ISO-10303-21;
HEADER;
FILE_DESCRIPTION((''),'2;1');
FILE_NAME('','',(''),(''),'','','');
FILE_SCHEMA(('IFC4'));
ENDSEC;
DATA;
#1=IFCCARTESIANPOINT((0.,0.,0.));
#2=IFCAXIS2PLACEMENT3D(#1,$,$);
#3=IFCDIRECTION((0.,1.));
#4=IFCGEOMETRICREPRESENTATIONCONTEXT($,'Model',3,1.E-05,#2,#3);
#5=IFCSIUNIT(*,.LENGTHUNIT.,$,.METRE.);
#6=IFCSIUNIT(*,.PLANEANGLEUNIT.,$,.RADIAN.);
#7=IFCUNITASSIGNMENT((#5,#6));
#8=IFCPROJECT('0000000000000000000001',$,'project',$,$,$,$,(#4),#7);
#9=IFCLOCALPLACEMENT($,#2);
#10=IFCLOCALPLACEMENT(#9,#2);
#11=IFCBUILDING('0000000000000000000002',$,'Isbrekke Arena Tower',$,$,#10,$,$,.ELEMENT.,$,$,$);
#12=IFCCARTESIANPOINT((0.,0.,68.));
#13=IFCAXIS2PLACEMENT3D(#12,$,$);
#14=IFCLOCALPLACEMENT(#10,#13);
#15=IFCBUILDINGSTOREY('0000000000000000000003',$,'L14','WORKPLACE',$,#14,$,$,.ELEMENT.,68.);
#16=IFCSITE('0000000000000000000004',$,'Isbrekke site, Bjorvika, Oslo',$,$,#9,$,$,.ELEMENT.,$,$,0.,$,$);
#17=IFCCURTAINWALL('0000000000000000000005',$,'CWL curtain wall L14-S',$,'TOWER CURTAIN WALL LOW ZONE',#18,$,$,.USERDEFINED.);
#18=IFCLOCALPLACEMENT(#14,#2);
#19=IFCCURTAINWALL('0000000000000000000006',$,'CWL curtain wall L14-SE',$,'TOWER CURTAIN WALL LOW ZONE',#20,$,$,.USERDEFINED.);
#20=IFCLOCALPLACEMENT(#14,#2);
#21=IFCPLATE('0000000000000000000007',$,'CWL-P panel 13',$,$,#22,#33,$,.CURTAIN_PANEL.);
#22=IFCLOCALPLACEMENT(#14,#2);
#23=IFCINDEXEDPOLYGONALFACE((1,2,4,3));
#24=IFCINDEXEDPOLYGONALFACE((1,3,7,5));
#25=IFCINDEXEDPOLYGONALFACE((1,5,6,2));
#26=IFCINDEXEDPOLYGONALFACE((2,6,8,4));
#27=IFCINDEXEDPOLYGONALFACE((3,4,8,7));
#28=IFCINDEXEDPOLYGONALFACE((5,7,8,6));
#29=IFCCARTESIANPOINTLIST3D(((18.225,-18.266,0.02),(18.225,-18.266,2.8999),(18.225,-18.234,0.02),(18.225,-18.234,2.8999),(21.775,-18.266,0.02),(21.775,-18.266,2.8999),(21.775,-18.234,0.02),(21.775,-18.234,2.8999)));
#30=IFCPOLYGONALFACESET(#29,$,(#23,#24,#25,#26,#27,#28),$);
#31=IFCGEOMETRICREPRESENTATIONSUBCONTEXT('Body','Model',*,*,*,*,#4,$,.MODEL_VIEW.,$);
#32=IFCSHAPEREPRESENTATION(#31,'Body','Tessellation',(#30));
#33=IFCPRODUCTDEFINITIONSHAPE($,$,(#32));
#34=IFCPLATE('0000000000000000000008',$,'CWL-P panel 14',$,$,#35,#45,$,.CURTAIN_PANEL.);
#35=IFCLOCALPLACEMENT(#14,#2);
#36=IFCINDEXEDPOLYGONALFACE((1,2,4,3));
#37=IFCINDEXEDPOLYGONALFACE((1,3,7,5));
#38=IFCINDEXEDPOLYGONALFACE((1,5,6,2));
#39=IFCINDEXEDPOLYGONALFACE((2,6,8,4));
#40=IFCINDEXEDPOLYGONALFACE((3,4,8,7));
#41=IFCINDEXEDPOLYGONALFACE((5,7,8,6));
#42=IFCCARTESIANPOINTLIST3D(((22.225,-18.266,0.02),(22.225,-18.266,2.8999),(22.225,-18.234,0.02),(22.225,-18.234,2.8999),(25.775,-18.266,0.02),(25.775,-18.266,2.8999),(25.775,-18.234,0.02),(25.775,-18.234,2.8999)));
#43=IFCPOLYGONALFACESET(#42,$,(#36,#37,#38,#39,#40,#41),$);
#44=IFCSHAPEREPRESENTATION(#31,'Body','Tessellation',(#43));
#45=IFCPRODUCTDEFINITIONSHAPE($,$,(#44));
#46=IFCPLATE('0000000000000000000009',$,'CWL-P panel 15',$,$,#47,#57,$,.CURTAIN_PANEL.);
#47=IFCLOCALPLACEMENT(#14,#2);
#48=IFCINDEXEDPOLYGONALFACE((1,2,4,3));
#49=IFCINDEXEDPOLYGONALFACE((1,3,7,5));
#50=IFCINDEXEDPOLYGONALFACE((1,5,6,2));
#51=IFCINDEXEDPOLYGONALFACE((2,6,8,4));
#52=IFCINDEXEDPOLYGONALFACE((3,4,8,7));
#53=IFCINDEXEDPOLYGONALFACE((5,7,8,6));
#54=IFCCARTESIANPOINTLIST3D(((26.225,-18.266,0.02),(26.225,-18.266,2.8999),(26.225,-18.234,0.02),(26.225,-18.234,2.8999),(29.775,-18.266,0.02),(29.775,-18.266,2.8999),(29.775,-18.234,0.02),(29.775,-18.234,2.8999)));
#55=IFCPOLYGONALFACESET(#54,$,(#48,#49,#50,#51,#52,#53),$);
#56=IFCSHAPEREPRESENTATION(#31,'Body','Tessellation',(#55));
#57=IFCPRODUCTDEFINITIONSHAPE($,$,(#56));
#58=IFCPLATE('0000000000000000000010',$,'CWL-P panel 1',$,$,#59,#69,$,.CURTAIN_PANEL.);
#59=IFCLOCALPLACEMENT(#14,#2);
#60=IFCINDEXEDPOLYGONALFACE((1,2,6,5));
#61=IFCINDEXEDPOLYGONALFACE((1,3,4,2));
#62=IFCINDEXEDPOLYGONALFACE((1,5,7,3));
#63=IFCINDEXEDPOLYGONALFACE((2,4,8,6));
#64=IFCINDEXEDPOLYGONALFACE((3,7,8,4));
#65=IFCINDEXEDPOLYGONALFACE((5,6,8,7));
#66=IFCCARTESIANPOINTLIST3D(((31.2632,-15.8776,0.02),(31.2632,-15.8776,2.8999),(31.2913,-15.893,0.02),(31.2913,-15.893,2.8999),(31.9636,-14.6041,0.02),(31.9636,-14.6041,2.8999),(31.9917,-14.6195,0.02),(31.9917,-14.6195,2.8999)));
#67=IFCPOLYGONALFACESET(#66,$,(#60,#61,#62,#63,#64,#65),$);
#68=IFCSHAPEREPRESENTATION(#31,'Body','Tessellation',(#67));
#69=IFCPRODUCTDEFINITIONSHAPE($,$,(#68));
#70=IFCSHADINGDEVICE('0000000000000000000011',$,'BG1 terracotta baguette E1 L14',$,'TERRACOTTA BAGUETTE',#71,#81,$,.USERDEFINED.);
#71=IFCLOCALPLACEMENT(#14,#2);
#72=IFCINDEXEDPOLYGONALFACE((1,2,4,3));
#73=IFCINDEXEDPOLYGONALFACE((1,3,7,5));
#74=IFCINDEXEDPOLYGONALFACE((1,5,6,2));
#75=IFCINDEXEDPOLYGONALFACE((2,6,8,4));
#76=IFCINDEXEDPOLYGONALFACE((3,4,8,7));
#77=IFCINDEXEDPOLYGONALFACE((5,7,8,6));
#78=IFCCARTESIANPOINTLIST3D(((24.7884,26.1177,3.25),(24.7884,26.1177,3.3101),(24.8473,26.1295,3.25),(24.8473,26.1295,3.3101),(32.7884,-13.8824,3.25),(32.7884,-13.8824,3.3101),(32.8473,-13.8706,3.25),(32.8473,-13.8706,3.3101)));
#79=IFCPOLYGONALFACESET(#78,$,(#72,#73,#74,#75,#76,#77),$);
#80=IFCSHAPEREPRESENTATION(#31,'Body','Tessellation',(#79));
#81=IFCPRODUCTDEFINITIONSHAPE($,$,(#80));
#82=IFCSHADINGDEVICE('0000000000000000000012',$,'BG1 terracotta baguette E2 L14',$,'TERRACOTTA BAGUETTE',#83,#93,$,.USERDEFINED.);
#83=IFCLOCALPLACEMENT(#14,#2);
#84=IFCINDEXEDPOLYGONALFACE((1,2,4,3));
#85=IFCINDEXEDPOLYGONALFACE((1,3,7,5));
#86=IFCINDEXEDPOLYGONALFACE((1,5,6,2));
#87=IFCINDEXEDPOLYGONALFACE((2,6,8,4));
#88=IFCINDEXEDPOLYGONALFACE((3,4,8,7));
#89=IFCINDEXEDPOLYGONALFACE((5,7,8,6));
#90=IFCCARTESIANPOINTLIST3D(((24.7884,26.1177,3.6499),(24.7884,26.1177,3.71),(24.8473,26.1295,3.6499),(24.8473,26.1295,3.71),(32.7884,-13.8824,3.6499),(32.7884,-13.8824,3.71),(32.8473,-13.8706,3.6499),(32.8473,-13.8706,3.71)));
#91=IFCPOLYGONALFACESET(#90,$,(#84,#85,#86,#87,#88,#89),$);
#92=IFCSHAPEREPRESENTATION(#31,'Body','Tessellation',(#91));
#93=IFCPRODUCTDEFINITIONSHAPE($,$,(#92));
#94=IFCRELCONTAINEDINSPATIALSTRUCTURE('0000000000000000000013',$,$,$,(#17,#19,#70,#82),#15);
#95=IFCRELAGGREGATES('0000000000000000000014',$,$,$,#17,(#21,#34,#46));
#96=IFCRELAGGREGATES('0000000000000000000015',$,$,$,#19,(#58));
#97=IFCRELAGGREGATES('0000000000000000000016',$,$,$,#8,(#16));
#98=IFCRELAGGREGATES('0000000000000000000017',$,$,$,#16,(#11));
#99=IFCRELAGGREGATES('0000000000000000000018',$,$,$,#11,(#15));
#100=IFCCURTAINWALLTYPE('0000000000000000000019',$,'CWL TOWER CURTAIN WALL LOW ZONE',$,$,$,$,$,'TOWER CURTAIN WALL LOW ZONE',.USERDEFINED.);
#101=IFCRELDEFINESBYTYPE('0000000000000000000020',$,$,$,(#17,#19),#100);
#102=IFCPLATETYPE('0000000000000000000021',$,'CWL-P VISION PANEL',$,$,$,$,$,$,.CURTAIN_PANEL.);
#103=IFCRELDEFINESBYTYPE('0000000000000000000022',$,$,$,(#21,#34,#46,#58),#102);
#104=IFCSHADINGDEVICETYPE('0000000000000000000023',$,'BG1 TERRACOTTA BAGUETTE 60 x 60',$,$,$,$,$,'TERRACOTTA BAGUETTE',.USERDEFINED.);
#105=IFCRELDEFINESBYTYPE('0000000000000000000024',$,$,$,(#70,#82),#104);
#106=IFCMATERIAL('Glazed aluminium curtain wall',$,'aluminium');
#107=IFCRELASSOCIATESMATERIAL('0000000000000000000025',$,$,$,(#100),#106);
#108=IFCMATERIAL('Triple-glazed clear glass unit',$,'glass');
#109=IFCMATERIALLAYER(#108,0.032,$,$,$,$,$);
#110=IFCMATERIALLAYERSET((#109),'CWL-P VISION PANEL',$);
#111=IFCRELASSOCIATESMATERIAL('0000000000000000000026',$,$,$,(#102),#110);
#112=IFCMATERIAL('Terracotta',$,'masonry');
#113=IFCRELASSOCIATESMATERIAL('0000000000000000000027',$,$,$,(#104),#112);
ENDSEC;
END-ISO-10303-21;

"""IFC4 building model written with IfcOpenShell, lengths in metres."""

from ifc_helpers import new_model, si_unit, direction, frame, origin, origin_2d, place, context, subcontext, project, spatial, rectangle, extrude, material, layer, layer_set, material_profile, profile_set, type_object, element, aggregate, save


model = new_model("IFC4")

# Units and contexts
model_context = context("Model", 3, precision=1e-05, world=origin(), true_north=direction((0.0, 1.0)))
body_context = subcontext(model_context, "Body", "Model", "MODEL_VIEW")
ifc_project = project(units=[si_unit("LENGTHUNIT", "METRE"), si_unit("PLANEANGLEUNIT", "RADIAN")], contexts=[model_context])

# Site, building, storey
site_placement = place(None, origin())
site = spatial("IfcSite", under=ifc_project, at=site_placement, Name="Isbrekke site, Bjorvika, Oslo", CompositionType="ELEMENT", RefElevation=0.0)
building_placement = place(site_placement, origin())
building = spatial("IfcBuilding", under=site, at=building_placement, Name="Isbrekke Arena Tower", CompositionType="ELEMENT")
storey_placement = place(building_placement, frame((0.0, 0.0, 68.0)))
storey = spatial("IfcBuildingStorey", under=building, at=storey_placement, Name="L14", Description="WORKPLACE", CompositionType="ELEMENT", Elevation=68.0)

# Curtain walls
ifc_material_1 = material(Name="Glazed aluminium curtain wall", Category="aluminium")
curtain_wall_type = type_object("IfcCurtainWallType", Name="CWL TOWER CURTAIN WALL LOW ZONE", ElementType="TOWER CURTAIN WALL LOW ZONE", PredefinedType="USERDEFINED", material=ifc_material_1)
curtain_wall_1_placement = place(storey_placement, origin())
curtain_wall_1 = element("IfcCurtainWall", 1, at=curtain_wall_1_placement, inside=storey, type_object=curtain_wall_type, Name="CWL curtain wall L14-S", ObjectType="TOWER CURTAIN WALL LOW ZONE", PredefinedType="USERDEFINED")
curtain_wall_2_placement = place(storey_placement, origin())
curtain_wall_2 = element("IfcCurtainWall", 2, at=curtain_wall_2_placement, inside=storey, type_object=curtain_wall_type, Name="CWL curtain wall L14-SE", ObjectType="TOWER CURTAIN WALL LOW ZONE", PredefinedType="USERDEFINED")

# Plates
ifc_material_2 = material(Name="Triple-glazed clear glass unit", Category="glass")
ifc_layer = layer(ifc_material_2, 0.032)
ifc_layer_set = layer_set([ifc_layer], Name="CWL-P VISION PANEL")
plate_type = type_object("IfcPlateType", Name="CWL-P VISION PANEL", PredefinedType="CURTAIN_PANEL", material=ifc_layer_set)
plate_1_placement = place(storey_placement, frame((20.0, -18.25, 0.02), z_axis=(0.0, 0.0, 1.0), x_axis=(1.0, 0.0, 0.0)))
plate_1 = element("IfcPlate", 3, at=plate_1_placement, type_object=plate_type, Name="CWL-P panel 13", PredefinedType="CURTAIN_PANEL", context=body_context, shape_type="SweptSolid", body=[
    extrude(rectangle(XDim=3.55, YDim=0.032, at=origin_2d()), origin(), (0.0, 0.0, 1.0), 2.8799),
])
plate_2_placement = place(storey_placement, frame((24.0, -18.25, 0.02), z_axis=(0.0, 0.0, 1.0), x_axis=(1.0, 0.0, 0.0)))
plate_2 = element("IfcPlate", 4, at=plate_2_placement, type_object=plate_type, Name="CWL-P panel 14", PredefinedType="CURTAIN_PANEL", context=body_context, shape_type="SweptSolid", body=[
    extrude(rectangle(XDim=3.55, YDim=0.032, at=origin_2d()), origin(), (0.0, 0.0, 1.0), 2.8799),
])
plate_3_placement = place(storey_placement, frame((28.0, -18.25, 0.02), z_axis=(0.0, 0.0, 1.0), x_axis=(1.0, 0.0, 0.0)))
plate_3 = element("IfcPlate", 5, at=plate_3_placement, type_object=plate_type, Name="CWL-P panel 15", PredefinedType="CURTAIN_PANEL", context=body_context, shape_type="SweptSolid", body=[
    extrude(rectangle(XDim=3.55, YDim=0.032, at=origin_2d()), origin(), (0.0, 0.0, 1.0), 2.8799),
])
aggregate(curtain_wall_1, [plate_1, plate_2, plate_3])
plate_4_placement = place(storey_placement, frame((31.6274, -15.2485, 0.02), z_axis=(0.0, 0.0, 1.0), x_axis=(0.481919, 0.876216, 0.0)))
plate_4 = element("IfcPlate", 6, at=plate_4_placement, type_object=plate_type, Name="CWL-P panel 1", PredefinedType="CURTAIN_PANEL", context=body_context, shape_type="SweptSolid", body=[
    extrude(rectangle(XDim=1.4534, YDim=0.032, at=origin_2d()), origin(), (0.0, 0.0, 1.0), 2.8799),
])
aggregate(curtain_wall_2, [plate_4])

# Shading devices
ifc_material_3 = material(Name="Terracotta", Category="masonry")
ifc_material_profile_1 = material_profile(ifc_material_3, rectangle(XDim=0.0601, YDim=0.0601, at=origin_2d()), Name="BAGUETTE 60X60")
ifc_profile_set_1 = profile_set([ifc_material_profile_1], Name="Terracotta")
shading_device_type = type_object("IfcShadingDeviceType", Name="BG1 TERRACOTTA BAGUETTE 60 x 60", ElementType="TERRACOTTA BAGUETTE", PredefinedType="USERDEFINED", material=ifc_profile_set_1)
for number, where, z_axis, x_axis, name in (
    (7, (32.8179, -13.8765, 3.28), (-0.196116, 0.980581, 0.0), (-0.980581, -0.196116, 0.0), "BG1 terracotta baguette E1 L14"),
    (8, (32.8179, -13.8765, 3.6799), (-0.196116, 0.980581, 0.0), (-0.980581, -0.196116, 0.0), "BG1 terracotta baguette E2 L14"),
):
    element("IfcShadingDevice", number, at=place(storey_placement, frame(where, z_axis=z_axis, x_axis=x_axis)), inside=storey, type_object=shading_device_type, Name=name, ObjectType="TERRACOTTA BAGUETTE", PredefinedType="USERDEFINED", context=body_context, shape_type="SweptSolid", body=[
        extrude(rectangle(XDim=0.0601, YDim=0.0601, at=origin_2d()), origin(), (0.0, 0.0, 1.0), 40.7922),
    ])

save(model, "model.ifc")
